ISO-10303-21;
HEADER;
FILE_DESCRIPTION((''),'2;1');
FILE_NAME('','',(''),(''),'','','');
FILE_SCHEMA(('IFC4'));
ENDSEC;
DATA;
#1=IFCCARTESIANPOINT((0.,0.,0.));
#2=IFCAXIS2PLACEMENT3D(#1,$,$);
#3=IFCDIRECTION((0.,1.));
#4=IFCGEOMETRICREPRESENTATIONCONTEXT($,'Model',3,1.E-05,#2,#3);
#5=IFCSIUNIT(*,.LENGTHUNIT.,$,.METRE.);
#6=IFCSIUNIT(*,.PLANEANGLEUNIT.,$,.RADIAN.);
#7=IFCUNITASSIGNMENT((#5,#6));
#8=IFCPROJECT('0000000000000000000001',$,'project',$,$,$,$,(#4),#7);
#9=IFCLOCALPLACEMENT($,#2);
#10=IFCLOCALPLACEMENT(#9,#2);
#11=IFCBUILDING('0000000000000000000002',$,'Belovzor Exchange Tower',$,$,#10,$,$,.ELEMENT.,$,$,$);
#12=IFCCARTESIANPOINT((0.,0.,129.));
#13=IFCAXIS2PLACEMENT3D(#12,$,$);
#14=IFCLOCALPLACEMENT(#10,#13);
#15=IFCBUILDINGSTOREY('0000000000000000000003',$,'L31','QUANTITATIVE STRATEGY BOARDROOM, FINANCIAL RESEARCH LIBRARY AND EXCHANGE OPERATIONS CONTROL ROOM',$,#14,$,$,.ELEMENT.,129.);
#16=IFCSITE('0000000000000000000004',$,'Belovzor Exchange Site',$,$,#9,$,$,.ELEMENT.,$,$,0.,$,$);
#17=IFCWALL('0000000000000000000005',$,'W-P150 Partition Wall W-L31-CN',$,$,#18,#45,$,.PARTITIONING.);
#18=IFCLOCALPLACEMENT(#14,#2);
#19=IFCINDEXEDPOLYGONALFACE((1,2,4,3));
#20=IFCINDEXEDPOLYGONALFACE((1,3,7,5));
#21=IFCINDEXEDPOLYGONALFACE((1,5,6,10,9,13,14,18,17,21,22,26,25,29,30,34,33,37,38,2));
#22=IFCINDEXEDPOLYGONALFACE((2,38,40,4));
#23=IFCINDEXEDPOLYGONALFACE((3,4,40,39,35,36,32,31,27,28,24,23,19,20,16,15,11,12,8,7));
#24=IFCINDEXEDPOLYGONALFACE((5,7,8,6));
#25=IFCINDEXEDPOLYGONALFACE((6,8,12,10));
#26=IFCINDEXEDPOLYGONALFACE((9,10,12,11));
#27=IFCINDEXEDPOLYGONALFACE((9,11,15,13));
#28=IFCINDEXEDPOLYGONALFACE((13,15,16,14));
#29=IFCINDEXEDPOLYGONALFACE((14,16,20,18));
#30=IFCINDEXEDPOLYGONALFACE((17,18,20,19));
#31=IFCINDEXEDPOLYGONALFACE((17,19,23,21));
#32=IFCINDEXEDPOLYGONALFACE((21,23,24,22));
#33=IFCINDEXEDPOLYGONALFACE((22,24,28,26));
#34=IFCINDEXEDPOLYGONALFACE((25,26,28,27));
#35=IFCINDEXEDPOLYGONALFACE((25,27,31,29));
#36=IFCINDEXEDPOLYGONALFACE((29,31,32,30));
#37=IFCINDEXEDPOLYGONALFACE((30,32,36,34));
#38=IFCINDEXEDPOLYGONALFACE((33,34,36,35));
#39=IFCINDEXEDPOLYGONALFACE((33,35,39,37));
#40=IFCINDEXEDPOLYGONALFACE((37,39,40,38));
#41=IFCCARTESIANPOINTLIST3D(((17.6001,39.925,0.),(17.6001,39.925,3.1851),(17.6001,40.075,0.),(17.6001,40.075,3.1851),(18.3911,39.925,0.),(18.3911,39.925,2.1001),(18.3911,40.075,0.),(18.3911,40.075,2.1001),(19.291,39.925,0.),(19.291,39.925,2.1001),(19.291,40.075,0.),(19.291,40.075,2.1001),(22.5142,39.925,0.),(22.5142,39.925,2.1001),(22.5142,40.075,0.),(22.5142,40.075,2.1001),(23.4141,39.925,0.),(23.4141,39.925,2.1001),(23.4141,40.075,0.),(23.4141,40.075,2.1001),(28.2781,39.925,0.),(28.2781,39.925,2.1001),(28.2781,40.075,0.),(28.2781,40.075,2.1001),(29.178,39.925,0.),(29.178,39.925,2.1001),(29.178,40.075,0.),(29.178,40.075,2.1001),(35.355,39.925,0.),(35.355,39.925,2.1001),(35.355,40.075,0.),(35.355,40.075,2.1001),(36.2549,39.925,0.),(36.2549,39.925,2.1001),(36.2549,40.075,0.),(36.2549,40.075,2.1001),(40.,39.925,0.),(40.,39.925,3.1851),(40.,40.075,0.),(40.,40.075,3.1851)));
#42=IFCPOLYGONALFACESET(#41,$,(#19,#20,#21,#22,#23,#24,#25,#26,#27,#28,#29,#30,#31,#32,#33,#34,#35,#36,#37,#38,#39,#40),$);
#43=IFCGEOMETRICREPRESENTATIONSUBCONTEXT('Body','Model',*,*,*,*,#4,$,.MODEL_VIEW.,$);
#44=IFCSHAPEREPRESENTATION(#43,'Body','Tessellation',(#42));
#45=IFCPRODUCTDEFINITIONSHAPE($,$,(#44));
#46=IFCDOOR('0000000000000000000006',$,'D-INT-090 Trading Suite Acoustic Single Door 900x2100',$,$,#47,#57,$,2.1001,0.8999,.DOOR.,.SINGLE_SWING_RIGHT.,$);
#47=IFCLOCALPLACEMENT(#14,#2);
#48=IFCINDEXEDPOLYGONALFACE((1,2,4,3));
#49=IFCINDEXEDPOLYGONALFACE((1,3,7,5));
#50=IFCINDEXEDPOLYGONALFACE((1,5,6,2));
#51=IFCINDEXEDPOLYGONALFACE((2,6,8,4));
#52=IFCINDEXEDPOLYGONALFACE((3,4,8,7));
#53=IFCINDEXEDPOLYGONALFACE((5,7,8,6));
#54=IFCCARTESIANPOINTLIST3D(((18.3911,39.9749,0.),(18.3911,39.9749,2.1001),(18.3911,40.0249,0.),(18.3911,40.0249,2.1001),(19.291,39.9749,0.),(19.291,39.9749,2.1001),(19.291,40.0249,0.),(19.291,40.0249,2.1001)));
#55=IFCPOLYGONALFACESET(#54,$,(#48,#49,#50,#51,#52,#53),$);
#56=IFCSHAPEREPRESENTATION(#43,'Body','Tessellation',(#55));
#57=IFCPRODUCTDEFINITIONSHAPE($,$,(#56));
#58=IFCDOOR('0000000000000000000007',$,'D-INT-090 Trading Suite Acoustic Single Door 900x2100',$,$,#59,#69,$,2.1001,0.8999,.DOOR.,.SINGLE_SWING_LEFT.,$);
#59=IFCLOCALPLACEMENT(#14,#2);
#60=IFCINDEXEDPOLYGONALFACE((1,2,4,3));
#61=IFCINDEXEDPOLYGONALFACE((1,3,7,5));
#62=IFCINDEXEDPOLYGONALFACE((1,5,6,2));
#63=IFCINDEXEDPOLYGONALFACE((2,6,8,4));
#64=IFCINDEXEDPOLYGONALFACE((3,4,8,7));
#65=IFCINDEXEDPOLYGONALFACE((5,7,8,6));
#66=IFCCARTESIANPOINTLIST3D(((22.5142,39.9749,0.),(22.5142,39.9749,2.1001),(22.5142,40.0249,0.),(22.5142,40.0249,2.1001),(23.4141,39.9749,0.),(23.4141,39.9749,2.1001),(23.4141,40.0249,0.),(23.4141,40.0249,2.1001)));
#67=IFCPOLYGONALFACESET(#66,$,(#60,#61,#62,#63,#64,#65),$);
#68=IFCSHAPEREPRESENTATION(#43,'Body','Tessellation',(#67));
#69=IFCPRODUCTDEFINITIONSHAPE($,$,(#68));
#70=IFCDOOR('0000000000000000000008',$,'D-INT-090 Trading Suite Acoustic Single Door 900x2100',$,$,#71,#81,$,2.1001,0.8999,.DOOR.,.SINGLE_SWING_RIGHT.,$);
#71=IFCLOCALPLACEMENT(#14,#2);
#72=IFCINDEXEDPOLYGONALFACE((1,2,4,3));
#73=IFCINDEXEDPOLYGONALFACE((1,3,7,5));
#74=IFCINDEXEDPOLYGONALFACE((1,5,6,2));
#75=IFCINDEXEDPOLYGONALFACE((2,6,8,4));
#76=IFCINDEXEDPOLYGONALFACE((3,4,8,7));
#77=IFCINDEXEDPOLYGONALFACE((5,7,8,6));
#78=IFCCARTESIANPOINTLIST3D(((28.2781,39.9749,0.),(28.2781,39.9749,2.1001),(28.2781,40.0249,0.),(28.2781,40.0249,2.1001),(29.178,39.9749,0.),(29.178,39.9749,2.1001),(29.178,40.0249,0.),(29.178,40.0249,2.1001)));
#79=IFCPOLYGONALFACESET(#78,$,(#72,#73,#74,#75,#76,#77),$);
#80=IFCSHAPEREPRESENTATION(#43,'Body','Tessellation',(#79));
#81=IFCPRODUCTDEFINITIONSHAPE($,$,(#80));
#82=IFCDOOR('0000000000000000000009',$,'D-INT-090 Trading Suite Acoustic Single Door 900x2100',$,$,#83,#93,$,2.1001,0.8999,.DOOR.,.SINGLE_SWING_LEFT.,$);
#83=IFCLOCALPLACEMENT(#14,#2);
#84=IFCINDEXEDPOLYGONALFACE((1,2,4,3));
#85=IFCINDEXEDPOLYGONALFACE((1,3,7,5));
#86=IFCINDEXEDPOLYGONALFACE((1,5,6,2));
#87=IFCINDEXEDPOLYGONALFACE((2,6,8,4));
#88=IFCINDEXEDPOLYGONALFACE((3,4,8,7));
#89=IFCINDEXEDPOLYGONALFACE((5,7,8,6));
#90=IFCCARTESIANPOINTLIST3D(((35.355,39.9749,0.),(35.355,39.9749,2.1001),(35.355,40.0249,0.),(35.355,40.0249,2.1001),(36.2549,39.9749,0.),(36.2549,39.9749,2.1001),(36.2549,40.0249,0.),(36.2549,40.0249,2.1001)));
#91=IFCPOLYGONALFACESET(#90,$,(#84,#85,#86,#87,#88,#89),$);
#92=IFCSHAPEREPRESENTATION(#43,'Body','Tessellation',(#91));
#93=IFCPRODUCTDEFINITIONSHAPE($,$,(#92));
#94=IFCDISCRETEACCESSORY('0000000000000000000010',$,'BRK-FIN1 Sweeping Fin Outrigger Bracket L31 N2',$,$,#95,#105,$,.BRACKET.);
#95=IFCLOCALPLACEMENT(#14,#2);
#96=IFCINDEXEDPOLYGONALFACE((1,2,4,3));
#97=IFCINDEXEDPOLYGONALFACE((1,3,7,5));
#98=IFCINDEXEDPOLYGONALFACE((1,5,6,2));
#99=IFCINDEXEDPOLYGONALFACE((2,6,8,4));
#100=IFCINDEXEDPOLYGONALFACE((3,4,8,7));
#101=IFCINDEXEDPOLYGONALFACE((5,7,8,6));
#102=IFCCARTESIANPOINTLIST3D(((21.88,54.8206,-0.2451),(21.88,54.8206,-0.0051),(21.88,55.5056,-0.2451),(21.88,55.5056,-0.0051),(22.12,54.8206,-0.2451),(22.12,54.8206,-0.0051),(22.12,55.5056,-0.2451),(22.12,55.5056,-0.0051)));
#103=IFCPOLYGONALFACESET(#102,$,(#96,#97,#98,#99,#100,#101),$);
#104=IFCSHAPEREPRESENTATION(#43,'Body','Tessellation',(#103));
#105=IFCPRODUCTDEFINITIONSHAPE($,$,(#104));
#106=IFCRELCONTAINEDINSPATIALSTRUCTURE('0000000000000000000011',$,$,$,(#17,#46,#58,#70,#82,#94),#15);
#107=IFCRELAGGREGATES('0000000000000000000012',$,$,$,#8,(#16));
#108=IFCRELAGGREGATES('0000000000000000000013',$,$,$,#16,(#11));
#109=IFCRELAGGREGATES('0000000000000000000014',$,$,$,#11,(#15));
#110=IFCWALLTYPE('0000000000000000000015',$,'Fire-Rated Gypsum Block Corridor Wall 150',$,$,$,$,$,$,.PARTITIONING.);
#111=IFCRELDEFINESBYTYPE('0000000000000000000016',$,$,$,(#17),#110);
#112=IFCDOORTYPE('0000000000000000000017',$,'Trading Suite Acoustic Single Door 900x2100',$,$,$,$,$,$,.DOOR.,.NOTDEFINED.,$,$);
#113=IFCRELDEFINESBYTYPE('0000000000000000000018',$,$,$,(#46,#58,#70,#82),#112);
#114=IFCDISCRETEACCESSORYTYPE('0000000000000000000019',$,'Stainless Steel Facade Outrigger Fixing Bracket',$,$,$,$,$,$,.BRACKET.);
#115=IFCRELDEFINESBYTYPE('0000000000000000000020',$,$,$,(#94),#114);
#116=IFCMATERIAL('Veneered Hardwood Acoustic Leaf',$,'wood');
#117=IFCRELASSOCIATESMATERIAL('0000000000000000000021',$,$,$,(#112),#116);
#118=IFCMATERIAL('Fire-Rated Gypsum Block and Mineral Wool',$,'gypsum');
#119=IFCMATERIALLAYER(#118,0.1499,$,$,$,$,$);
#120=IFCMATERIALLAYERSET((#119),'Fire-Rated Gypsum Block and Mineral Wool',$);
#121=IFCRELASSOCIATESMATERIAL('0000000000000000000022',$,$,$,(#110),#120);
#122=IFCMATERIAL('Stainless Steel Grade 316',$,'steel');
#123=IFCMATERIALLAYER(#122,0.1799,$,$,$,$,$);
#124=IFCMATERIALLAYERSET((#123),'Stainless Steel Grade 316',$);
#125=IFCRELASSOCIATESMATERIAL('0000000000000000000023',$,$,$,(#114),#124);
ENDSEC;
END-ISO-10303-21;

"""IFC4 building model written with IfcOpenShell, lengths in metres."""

from ifc_helpers import new_model, si_unit, direction, frame, frame_2d, origin, origin_2d, place, context, subcontext, project, spatial, rectangle, extrude, material, layer, layer_set, type_object, element, fill, save


model = new_model("IFC4")

# Units and contexts
model_context = context("Model", 3, precision=1e-05, world=origin(), true_north=direction((0.0, 1.0)))
body_context = subcontext(model_context, "Body", "Model", "MODEL_VIEW")
ifc_project = project(units=[si_unit("LENGTHUNIT", "METRE"), si_unit("PLANEANGLEUNIT", "RADIAN")], contexts=[model_context])

# Site, building, storey
site_placement = place(None, origin())
site = spatial("IfcSite", under=ifc_project, at=site_placement, Name="Belovzor Exchange Site", CompositionType="ELEMENT", RefElevation=0.0)
building_placement = place(site_placement, origin())
building = spatial("IfcBuilding", under=site, at=building_placement, Name="Belovzor Exchange Tower", CompositionType="ELEMENT")
storey_placement = place(building_placement, frame((0.0, 0.0, 129.0)))
storey = spatial("IfcBuildingStorey", under=building, at=storey_placement, Name="L31", Description="QUANTITATIVE STRATEGY BOARDROOM, FINANCIAL RESEARCH LIBRARY AND EXCHANGE OPERATIONS CONTROL ROOM", CompositionType="ELEMENT", Elevation=129.0)

# Shared definitions
ifc_material_1 = material(Name="Veneered Hardwood Acoustic Leaf", Category="wood")
door_type_1 = type_object("IfcDoorType", Name="Trading Suite Acoustic Single Door 900x2100", OperationType="NOTDEFINED", PredefinedType="DOOR", material=ifc_material_1)

# Wall, openings, doors
ifc_material_2 = material(Name="Fire-Rated Gypsum Block and Mineral Wool", Category="gypsum")
ifc_layer_1 = layer(ifc_material_2, 0.1499)
ifc_layer_set_1 = layer_set([ifc_layer_1], Name="Fire-Rated Gypsum Block and Mineral Wool")
wall_type_1 = type_object("IfcWallType", Name="Fire-Rated Gypsum Block Corridor Wall 150", PredefinedType="PARTITIONING", material=ifc_layer_set_1)
wall_1_placement = place(storey_placement, frame((17.6001, 40.0, 0.0), z_axis=(0.0, 0.0, 1.0), x_axis=(1.0, 0.0, 0.0)))
wall_1 = element("IfcWall", 1, at=wall_1_placement, inside=storey, type_object=wall_type_1, Name="W-P150 Partition Wall W-L31-CN", PredefinedType="PARTITIONING", context=body_context, shape_type="SweptSolid", body=[
    extrude(rectangle(XDim=22.3999, YDim=0.1499, at=frame_2d((11.2, 0.0))), origin(), (0.0, 0.0, 1.0), 3.1851),
])
opening_1_placement = place(wall_1_placement, frame((0.791, 0.0, 0.0)))
opening_1 = element("IfcOpeningElement", 2, at=opening_1_placement, cuts=wall_1, PredefinedType="OPENING", context=body_context, shape_type="SweptSolid", body=[
    extrude(rectangle(XDim=0.8999, YDim=2.1001, at=frame_2d((0.45, 1.05))), frame((0.0, 0.085, 0.0), z_axis=(0.0, -1.0, 0.0), x_axis=(1.0, 0.0, 0.0)), (0.0, 0.0, 1.0), 0.1699),
])
opening_2_placement = place(wall_1_placement, frame((4.9141, 0.0, 0.0)))
opening_2 = element("IfcOpeningElement", 3, at=opening_2_placement, cuts=wall_1, PredefinedType="OPENING", context=body_context, shape_type="SweptSolid", body=[
    extrude(rectangle(XDim=0.8999, YDim=2.1001, at=frame_2d((0.45, 1.05))), frame((0.0, 0.085, 0.0), z_axis=(0.0, -1.0, 0.0), x_axis=(1.0, 0.0, 0.0)), (0.0, 0.0, 1.0), 0.1699),
])
opening_3_placement = place(wall_1_placement, frame((10.678, 0.0, 0.0)))
opening_3 = element("IfcOpeningElement", 4, at=opening_3_placement, cuts=wall_1, PredefinedType="OPENING", context=body_context, shape_type="SweptSolid", body=[
    extrude(rectangle(XDim=0.8999, YDim=2.1001, at=frame_2d((0.45, 1.05))), frame((0.0, 0.085, 0.0), z_axis=(0.0, -1.0, 0.0), x_axis=(1.0, 0.0, 0.0)), (0.0, 0.0, 1.0), 0.1699),
])
opening_4_placement = place(wall_1_placement, frame((17.7549, 0.0, 0.0)))
opening_4 = element("IfcOpeningElement", 5, at=opening_4_placement, cuts=wall_1, PredefinedType="OPENING", context=body_context, shape_type="SweptSolid", body=[
    extrude(rectangle(XDim=0.8999, YDim=2.1001, at=frame_2d((0.45, 1.05))), frame((0.0, 0.085, 0.0), z_axis=(0.0, -1.0, 0.0), x_axis=(1.0, 0.0, 0.0)), (0.0, 0.0, 1.0), 0.1699),
])
door_1_placement = place(opening_1_placement, origin())
door_1 = element("IfcDoor", 6, at=door_1_placement, inside=storey, type_object=door_type_1, Name="D-INT-090 Trading Suite Acoustic Single Door 900x2100", OperationType="SINGLE_SWING_RIGHT", OverallHeight=2.1001, OverallWidth=0.8999, PredefinedType="DOOR", context=body_context, shape_type="SweptSolid", body=[
    extrude(rectangle(XDim=0.8999, YDim=2.1001, at=frame_2d((0.45, 1.05))), frame((0.0, 0.0249, 0.0), z_axis=(0.0, -1.0, 0.0), x_axis=(1.0, 0.0, 0.0)), (0.0, 0.0, 1.0), 0.05),
])
fill(opening_1, door_1)
door_2_placement = place(opening_2_placement, origin())
door_2 = element("IfcDoor", 7, at=door_2_placement, inside=storey, type_object=door_type_1, Name="D-INT-090 Trading Suite Acoustic Single Door 900x2100", OperationType="SINGLE_SWING_LEFT", OverallHeight=2.1001, OverallWidth=0.8999, PredefinedType="DOOR", context=body_context, shape_type="SweptSolid", body=[
    extrude(rectangle(XDim=0.8999, YDim=2.1001, at=frame_2d((0.45, 1.05))), frame((0.0, 0.0249, 0.0), z_axis=(0.0, -1.0, 0.0), x_axis=(1.0, 0.0, 0.0)), (0.0, 0.0, 1.0), 0.05),
])
fill(opening_2, door_2)
door_3_placement = place(opening_3_placement, origin())
door_3 = element("IfcDoor", 8, at=door_3_placement, inside=storey, type_object=door_type_1, Name="D-INT-090 Trading Suite Acoustic Single Door 900x2100", OperationType="SINGLE_SWING_RIGHT", OverallHeight=2.1001, OverallWidth=0.8999, PredefinedType="DOOR", context=body_context, shape_type="SweptSolid", body=[
    extrude(rectangle(XDim=0.8999, YDim=2.1001, at=frame_2d((0.45, 1.05))), frame((0.0, 0.0249, 0.0), z_axis=(0.0, -1.0, 0.0), x_axis=(1.0, 0.0, 0.0)), (0.0, 0.0, 1.0), 0.05),
])
fill(opening_3, door_3)
door_4_placement = place(opening_4_placement, origin())
door_4 = element("IfcDoor", 9, at=door_4_placement, inside=storey, type_object=door_type_1, Name="D-INT-090 Trading Suite Acoustic Single Door 900x2100", OperationType="SINGLE_SWING_LEFT", OverallHeight=2.1001, OverallWidth=0.8999, PredefinedType="DOOR", context=body_context, shape_type="SweptSolid", body=[
    extrude(rectangle(XDim=0.8999, YDim=2.1001, at=frame_2d((0.45, 1.05))), frame((0.0, 0.0249, 0.0), z_axis=(0.0, -1.0, 0.0), x_axis=(1.0, 0.0, 0.0)), (0.0, 0.0, 1.0), 0.05),
])
fill(opening_4, door_4)

# Discrete accessory
ifc_material_3 = material(Name="Stainless Steel Grade 316", Category="steel")
ifc_layer_2 = layer(ifc_material_3, 0.1799)
ifc_layer_set_2 = layer_set([ifc_layer_2], Name="Stainless Steel Grade 316")
discrete_accessory_type = type_object("IfcDiscreteAccessoryType", Name="Stainless Steel Facade Outrigger Fixing Bracket", PredefinedType="BRACKET", material=ifc_layer_set_2)
discrete_accessory_placement = place(storey_placement, frame((22.0, 55.1631, -0.2451), z_axis=(0.0, 0.0, 1.0), x_axis=(0.0, 1.0, 0.0)))
element("IfcDiscreteAccessory", 10, at=discrete_accessory_placement, inside=storey, type_object=discrete_accessory_type, Name="BRK-FIN1 Sweeping Fin Outrigger Bracket L31 N2", PredefinedType="BRACKET", context=body_context, shape_type="SweptSolid", body=[
    extrude(rectangle(XDim=0.6851, YDim=0.24, at=origin_2d()), origin(), (0.0, 0.0, 1.0), 0.24),
])

save(model, "model.ifc")
